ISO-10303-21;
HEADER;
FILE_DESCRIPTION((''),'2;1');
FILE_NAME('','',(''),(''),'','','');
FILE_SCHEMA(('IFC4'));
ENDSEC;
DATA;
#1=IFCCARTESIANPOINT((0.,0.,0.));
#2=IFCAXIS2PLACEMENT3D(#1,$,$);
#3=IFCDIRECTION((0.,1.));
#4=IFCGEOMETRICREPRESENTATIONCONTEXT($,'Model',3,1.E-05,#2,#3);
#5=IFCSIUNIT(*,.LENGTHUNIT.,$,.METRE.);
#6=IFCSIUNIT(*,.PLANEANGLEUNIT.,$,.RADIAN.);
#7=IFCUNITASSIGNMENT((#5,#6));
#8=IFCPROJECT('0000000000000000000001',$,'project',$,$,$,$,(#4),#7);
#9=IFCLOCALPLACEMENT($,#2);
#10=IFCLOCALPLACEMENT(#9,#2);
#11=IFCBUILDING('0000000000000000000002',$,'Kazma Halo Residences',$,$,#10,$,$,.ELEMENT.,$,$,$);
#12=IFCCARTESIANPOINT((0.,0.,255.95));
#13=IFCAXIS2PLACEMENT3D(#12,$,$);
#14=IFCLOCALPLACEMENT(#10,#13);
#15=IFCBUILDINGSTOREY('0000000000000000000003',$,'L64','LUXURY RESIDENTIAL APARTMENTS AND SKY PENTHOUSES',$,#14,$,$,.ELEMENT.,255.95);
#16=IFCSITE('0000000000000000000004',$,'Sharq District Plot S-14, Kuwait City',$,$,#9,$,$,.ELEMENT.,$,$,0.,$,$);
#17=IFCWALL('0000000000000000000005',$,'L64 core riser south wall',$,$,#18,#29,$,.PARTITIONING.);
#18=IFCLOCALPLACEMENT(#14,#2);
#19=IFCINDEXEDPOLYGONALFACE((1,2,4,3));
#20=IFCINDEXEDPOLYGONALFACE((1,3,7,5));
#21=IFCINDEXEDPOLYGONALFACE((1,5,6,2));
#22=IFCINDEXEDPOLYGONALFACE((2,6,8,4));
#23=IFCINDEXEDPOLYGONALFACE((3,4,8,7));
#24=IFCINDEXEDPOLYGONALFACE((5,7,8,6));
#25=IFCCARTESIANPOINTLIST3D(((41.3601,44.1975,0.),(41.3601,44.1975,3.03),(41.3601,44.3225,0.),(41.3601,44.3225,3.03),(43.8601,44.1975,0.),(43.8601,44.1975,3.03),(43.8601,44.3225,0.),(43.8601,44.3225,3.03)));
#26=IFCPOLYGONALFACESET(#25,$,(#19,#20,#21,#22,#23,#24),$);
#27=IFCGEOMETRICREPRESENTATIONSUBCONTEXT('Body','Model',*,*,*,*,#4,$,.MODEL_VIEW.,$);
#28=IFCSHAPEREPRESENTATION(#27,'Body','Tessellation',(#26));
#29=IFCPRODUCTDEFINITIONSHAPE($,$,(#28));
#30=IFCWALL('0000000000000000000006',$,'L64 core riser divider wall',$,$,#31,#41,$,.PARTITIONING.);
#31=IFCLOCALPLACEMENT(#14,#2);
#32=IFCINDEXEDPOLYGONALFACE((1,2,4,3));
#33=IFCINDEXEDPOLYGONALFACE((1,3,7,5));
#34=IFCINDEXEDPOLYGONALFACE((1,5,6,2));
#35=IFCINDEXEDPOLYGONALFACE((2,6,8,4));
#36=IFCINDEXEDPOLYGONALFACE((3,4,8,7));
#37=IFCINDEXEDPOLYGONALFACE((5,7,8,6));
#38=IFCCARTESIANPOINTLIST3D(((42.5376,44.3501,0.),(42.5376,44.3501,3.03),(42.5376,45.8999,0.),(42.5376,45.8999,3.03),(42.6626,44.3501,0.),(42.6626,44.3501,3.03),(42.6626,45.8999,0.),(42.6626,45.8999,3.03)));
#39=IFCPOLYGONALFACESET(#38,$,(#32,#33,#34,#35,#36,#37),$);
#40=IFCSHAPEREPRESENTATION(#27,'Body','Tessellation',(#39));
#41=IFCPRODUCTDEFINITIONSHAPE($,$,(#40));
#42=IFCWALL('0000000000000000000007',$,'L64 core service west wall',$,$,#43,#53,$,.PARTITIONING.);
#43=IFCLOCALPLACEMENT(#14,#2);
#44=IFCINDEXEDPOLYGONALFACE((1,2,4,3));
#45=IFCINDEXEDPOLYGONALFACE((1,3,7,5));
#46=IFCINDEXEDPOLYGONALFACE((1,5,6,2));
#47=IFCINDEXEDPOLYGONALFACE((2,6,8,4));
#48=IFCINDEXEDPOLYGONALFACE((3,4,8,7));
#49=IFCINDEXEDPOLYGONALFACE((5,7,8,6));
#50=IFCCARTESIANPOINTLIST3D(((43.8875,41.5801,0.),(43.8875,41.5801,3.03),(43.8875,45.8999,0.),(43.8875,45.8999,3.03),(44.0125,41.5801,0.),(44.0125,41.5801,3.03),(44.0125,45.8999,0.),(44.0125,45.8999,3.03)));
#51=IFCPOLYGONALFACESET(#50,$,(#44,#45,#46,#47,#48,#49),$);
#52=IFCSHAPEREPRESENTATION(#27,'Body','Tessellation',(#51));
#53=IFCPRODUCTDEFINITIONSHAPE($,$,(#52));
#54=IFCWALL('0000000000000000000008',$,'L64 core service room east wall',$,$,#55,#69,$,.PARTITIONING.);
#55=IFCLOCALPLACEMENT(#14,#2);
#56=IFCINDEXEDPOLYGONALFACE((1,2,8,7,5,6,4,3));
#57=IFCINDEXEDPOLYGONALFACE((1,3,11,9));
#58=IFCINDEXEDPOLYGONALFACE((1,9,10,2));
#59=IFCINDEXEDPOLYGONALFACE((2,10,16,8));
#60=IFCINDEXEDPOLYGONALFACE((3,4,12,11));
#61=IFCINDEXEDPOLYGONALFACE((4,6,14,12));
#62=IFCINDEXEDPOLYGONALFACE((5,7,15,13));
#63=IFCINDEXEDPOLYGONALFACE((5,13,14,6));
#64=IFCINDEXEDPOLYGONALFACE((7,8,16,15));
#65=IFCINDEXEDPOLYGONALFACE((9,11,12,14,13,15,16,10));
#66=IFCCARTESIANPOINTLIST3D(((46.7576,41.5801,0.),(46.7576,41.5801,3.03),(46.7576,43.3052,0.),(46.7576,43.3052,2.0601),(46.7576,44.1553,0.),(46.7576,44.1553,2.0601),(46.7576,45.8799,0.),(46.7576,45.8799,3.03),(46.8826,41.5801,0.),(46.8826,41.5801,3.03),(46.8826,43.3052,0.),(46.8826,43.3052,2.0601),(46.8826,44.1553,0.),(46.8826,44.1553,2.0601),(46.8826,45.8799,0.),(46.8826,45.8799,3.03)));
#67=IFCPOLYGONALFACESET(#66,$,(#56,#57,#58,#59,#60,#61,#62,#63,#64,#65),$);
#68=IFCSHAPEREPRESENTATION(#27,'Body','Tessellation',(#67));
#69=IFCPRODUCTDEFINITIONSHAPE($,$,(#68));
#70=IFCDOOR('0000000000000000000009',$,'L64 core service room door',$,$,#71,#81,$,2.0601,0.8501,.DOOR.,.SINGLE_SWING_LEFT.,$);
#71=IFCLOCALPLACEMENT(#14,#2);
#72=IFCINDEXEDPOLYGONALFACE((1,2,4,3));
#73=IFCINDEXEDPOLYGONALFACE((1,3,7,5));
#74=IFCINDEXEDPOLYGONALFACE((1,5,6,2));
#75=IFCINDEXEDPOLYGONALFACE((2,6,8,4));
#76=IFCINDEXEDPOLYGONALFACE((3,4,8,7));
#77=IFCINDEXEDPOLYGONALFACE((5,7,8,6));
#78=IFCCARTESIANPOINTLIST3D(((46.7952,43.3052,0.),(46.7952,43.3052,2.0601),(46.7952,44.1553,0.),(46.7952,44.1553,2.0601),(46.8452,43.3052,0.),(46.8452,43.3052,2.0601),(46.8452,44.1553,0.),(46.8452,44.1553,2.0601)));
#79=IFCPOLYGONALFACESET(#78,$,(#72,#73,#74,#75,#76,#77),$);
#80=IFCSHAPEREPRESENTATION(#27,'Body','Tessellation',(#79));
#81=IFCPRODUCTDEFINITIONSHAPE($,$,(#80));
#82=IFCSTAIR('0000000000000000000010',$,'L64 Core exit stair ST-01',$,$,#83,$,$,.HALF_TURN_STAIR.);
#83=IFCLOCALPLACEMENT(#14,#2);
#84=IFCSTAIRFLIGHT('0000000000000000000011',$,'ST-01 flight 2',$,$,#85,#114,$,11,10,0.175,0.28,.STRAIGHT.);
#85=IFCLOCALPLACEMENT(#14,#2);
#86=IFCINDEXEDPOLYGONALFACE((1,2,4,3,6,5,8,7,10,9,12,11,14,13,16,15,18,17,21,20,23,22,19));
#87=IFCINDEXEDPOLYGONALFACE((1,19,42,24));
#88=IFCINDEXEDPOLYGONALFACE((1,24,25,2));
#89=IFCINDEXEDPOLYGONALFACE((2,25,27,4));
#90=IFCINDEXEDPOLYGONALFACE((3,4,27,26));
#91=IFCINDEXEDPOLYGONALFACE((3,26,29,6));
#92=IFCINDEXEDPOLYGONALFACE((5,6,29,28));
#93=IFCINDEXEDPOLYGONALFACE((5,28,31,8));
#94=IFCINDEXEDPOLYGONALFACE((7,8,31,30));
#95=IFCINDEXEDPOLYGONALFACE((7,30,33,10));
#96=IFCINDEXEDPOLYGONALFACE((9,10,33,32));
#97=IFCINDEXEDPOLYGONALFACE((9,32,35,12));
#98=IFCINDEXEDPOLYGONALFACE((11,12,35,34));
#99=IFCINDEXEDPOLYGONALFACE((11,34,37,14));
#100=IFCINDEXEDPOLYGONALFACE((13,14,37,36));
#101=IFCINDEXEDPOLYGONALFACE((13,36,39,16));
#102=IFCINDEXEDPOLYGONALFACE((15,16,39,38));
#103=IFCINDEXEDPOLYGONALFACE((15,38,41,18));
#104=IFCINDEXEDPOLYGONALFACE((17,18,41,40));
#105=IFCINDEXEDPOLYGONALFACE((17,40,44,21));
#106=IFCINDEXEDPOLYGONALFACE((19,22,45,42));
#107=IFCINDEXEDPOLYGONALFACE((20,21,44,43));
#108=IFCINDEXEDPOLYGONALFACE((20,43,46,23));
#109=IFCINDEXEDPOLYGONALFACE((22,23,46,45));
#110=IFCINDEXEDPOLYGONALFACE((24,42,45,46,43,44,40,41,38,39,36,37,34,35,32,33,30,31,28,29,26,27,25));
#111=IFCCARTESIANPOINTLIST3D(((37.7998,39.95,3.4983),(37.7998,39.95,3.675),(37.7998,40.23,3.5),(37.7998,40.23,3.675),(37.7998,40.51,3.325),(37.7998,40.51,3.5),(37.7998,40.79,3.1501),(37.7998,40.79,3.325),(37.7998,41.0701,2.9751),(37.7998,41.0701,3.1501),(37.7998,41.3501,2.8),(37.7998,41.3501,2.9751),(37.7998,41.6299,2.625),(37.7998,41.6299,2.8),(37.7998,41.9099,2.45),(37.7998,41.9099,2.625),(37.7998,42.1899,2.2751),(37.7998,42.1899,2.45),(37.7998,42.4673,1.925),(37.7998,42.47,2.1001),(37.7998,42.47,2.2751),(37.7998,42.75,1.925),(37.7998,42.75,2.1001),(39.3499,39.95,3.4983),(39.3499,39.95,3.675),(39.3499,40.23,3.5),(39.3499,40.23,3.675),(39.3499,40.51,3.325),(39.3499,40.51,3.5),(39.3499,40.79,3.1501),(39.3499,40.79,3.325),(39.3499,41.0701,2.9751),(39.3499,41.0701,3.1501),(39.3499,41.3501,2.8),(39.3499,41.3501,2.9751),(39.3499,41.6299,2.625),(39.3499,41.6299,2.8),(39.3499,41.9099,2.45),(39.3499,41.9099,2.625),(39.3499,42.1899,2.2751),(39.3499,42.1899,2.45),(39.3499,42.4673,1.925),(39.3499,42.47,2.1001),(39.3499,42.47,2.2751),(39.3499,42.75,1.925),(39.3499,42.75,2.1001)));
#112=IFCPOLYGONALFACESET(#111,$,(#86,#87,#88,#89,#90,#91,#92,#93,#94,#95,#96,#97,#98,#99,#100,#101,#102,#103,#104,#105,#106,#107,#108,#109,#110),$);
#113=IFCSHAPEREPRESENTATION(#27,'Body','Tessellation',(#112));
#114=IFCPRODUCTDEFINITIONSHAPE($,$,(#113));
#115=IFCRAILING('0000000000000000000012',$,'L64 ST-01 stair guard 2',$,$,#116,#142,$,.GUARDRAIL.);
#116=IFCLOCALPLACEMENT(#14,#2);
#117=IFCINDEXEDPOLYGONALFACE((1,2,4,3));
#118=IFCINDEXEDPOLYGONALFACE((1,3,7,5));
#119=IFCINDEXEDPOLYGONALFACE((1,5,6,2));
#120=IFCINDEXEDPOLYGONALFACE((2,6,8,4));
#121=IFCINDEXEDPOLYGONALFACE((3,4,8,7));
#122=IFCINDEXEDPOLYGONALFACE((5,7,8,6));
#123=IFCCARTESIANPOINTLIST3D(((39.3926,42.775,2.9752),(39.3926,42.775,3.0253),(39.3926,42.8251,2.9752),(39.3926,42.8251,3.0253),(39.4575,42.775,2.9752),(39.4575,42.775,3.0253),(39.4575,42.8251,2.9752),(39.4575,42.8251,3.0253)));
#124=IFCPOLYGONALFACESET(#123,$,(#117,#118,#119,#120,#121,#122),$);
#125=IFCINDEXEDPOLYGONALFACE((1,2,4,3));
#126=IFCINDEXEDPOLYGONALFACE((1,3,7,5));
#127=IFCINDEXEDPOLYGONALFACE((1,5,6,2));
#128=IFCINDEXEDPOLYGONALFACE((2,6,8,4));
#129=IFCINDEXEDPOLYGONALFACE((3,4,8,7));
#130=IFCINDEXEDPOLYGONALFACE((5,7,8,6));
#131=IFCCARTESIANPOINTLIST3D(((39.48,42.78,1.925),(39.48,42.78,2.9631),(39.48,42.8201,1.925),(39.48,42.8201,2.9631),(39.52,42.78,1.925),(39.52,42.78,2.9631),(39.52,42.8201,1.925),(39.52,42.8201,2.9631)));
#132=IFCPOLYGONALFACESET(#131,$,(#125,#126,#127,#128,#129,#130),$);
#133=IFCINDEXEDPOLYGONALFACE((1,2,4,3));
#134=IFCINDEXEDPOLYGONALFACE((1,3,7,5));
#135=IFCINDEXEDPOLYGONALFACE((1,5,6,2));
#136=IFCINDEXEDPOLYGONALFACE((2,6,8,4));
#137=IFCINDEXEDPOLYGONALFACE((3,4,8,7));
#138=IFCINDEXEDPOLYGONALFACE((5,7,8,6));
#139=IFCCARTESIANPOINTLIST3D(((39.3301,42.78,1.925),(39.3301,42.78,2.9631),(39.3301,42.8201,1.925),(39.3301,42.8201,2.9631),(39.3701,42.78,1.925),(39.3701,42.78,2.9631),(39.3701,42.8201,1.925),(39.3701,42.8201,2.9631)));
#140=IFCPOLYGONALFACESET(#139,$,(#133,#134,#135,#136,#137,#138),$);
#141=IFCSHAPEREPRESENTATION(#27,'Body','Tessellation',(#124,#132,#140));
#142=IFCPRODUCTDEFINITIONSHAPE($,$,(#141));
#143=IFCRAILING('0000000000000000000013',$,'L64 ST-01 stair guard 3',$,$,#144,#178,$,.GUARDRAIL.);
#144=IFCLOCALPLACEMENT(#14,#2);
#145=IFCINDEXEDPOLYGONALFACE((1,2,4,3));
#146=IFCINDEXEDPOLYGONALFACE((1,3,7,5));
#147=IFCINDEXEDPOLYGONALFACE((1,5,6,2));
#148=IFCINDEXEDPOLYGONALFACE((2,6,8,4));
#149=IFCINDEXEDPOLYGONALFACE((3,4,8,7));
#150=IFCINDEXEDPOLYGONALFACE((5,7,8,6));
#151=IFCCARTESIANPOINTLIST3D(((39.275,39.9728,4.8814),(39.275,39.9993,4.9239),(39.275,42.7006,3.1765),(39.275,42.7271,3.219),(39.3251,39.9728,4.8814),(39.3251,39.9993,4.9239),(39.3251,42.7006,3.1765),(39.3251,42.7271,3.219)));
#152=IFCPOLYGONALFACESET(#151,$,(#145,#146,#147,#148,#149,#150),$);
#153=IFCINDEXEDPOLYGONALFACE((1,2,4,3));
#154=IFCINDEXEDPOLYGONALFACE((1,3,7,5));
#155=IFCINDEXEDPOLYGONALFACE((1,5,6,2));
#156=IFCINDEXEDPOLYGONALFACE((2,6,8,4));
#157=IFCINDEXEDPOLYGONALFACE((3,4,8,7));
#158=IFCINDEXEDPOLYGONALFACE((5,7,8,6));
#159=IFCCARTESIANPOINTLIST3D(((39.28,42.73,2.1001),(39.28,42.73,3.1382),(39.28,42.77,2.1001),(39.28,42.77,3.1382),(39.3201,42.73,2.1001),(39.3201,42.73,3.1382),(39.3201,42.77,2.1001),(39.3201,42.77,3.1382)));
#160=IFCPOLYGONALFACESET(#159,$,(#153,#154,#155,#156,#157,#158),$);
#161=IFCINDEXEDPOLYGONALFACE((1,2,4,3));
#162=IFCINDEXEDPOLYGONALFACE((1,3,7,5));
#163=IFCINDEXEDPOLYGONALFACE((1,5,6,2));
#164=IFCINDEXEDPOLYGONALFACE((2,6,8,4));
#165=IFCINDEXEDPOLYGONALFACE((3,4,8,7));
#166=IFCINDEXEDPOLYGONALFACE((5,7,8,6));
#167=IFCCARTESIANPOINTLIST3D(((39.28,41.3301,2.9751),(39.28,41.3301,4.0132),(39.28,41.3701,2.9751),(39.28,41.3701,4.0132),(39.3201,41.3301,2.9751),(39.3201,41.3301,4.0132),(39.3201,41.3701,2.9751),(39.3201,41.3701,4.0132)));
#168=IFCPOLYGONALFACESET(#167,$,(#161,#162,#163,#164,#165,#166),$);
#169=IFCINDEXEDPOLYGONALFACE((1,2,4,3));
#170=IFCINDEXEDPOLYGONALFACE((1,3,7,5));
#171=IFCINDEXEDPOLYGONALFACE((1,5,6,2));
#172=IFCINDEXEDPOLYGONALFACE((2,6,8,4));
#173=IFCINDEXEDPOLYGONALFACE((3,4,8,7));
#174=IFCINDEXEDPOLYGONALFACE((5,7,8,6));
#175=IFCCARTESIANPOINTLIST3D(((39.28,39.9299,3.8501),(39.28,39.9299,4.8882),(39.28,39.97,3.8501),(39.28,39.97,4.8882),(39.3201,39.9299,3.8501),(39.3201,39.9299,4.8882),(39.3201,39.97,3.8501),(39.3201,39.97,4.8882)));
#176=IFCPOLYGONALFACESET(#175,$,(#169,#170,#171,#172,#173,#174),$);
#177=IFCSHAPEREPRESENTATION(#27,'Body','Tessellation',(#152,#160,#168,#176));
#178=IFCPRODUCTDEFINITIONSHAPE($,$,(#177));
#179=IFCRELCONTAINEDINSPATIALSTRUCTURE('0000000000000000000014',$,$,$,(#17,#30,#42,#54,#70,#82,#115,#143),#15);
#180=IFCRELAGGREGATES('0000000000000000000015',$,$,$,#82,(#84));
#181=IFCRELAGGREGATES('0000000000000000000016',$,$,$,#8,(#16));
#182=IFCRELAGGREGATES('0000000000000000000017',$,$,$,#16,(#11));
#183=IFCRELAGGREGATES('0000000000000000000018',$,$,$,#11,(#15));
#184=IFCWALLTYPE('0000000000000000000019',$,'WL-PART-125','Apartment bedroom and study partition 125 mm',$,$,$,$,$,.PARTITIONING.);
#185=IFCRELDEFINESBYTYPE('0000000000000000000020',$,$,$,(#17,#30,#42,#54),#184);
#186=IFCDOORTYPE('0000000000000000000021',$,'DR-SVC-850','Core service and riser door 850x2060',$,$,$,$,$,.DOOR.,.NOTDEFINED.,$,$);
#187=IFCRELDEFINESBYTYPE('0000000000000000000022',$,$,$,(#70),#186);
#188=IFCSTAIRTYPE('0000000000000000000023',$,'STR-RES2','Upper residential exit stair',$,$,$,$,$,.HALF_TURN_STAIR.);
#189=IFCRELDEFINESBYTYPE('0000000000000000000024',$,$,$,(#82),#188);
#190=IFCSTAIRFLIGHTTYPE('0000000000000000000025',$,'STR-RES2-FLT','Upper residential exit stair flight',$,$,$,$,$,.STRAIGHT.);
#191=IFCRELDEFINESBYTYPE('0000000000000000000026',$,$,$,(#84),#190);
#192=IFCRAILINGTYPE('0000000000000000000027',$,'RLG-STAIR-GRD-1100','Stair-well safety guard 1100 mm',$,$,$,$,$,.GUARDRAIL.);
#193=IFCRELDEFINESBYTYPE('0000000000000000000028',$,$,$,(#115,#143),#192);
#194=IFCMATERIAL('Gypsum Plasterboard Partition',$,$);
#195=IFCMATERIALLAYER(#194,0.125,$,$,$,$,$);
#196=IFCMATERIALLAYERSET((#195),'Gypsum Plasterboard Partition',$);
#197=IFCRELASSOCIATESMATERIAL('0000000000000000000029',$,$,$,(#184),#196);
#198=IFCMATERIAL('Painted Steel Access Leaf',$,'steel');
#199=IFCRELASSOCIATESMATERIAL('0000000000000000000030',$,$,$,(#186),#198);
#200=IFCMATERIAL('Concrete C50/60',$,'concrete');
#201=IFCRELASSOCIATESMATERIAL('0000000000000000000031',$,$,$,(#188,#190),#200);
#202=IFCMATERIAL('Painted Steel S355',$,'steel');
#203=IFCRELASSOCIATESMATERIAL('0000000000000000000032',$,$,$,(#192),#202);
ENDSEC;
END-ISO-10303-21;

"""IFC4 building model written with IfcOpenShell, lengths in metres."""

from ifc_helpers import new_model, si_unit, direction, frame, frame_2d, origin, origin_2d, place, context, subcontext, project, spatial, polyline, rectangle, outline, extrude, material, layer, layer_set, type_object, element, fill, aggregate, save


model = new_model("IFC4")

# Units and contexts
model_context = context("Model", 3, precision=1e-05, world=origin(), true_north=direction((0.0, 1.0)))
body_context = subcontext(model_context, "Body", "Model", "MODEL_VIEW")
ifc_project = project(units=[si_unit("LENGTHUNIT", "METRE"), si_unit("PLANEANGLEUNIT", "RADIAN")], contexts=[model_context])

# Site, building, storey
site_placement = place(None, origin())
site = spatial("IfcSite", under=ifc_project, at=site_placement, Name="Sharq District Plot S-14, Kuwait City", CompositionType="ELEMENT", RefElevation=0.0)
building_placement = place(site_placement, origin())
building = spatial("IfcBuilding", under=site, at=building_placement, Name="Kazma Halo Residences", CompositionType="ELEMENT")
storey_placement = place(building_placement, frame((0.0, 0.0, 255.95)))
storey = spatial("IfcBuildingStorey", under=building, at=storey_placement, Name="L64", Description="LUXURY RESIDENTIAL APARTMENTS AND SKY PENTHOUSES", CompositionType="ELEMENT", Elevation=255.95)

# Shared definitions
ifc_material_1 = material(Name="Gypsum Plasterboard Partition")
ifc_layer_1 = layer(ifc_material_1, 0.125)
ifc_layer_set_1 = layer_set([ifc_layer_1], Name="Gypsum Plasterboard Partition")
wall_type_1 = type_object("IfcWallType", Name="WL-PART-125", Description="Apartment bedroom and study partition 125 mm", PredefinedType="PARTITIONING", material=ifc_layer_set_1)

# Shared definitions
ifc_material_2 = material(Name="Painted Steel Access Leaf", Category="steel")
door_type_1 = type_object("IfcDoorType", Name="DR-SVC-850", Description="Core service and riser door 850x2060", OperationType="NOTDEFINED", PredefinedType="DOOR", material=ifc_material_2)

# Walls
wall_1_placement = place(storey_placement, frame((41.3601, 44.26, 0.0), z_axis=(0.0, 0.0, 1.0), x_axis=(1.0, 0.0, 0.0)))
element("IfcWall", 1, at=wall_1_placement, inside=storey, type_object=wall_type_1, Name="L64 core riser south wall", PredefinedType="PARTITIONING", context=body_context, shape_type="SweptSolid", body=[
    extrude(rectangle(XDim=2.5, YDim=0.125, at=frame_2d((1.25, 0.0))), origin(), (0.0, 0.0, 1.0), 3.03),
])
wall_2_placement = place(storey_placement, frame((42.6001, 44.3501, 0.0), z_axis=(0.0, 0.0, 1.0), x_axis=(0.0, 1.0, 0.0)))
element("IfcWall", 2, at=wall_2_placement, inside=storey, type_object=wall_type_1, Name="L64 core riser divider wall", PredefinedType="PARTITIONING", context=body_context, shape_type="SweptSolid", body=[
    extrude(rectangle(XDim=1.5498, YDim=0.125, at=frame_2d((0.7749, 0.0))), origin(), (0.0, 0.0, 1.0), 3.03),
])
wall_3_placement = place(storey_placement, frame((43.95, 41.5801, 0.0), z_axis=(0.0, 0.0, 1.0), x_axis=(0.0, 1.0, 0.0)))
element("IfcWall", 3, at=wall_3_placement, inside=storey, type_object=wall_type_1, Name="L64 core service west wall", PredefinedType="PARTITIONING", context=body_context, shape_type="SweptSolid", body=[
    extrude(rectangle(XDim=4.3198, YDim=0.125, at=frame_2d((2.1599, 0.0))), origin(), (0.0, 0.0, 1.0), 3.03),
])

# Wall, opening, door
wall_4_placement = place(storey_placement, frame((46.8201, 41.5801, 0.0), z_axis=(0.0, 0.0, 1.0), x_axis=(0.0, 1.0, 0.0)))
wall_4 = element("IfcWall", 4, at=wall_4_placement, inside=storey, type_object=wall_type_1, Name="L64 core service room east wall", PredefinedType="PARTITIONING", context=body_context, shape_type="SweptSolid", body=[
    extrude(rectangle(XDim=4.2998, YDim=0.125, at=frame_2d((2.1499, 0.0))), origin(), (0.0, 0.0, 1.0), 3.03),
])
opening_1_placement = place(wall_4_placement, frame((1.7251, 0.0, 0.0)))
opening_1 = element("IfcOpeningElement", 5, at=opening_1_placement, cuts=wall_4, PredefinedType="OPENING", context=body_context, shape_type="SweptSolid", body=[
    extrude(rectangle(XDim=0.8501, YDim=2.0601, at=frame_2d((0.425, 1.03))), frame((0.0, 0.0725, 0.0), z_axis=(0.0, -1.0, 0.0), x_axis=(1.0, 0.0, 0.0)), (0.0, 0.0, 1.0), 0.145),
])
door_1_placement = place(opening_1_placement, origin())
door_1 = element("IfcDoor", 6, at=door_1_placement, inside=storey, type_object=door_type_1, Name="L64 core service room door", OperationType="SINGLE_SWING_LEFT", OverallHeight=2.0601, OverallWidth=0.8501, PredefinedType="DOOR", context=body_context, shape_type="SweptSolid", body=[
    extrude(rectangle(XDim=0.8501, YDim=2.0601, at=frame_2d((0.425, 1.03))), frame((0.0, 0.0249, 0.0), z_axis=(0.0, -1.0, 0.0), x_axis=(1.0, 0.0, 0.0)), (0.0, 0.0, 1.0), 0.05),
])
fill(opening_1, door_1)

# Stair, stair flight
ifc_material_3 = material(Name="Concrete C50/60", Category="concrete")
stair_type = type_object("IfcStairType", Name="STR-RES2", Description="Upper residential exit stair", PredefinedType="HALF_TURN_STAIR", material=ifc_material_3)
stair_placement = place(storey_placement, origin())
stair = element("IfcStair", 7, at=stair_placement, inside=storey, type_object=stair_type, Name="L64 Core exit stair ST-01", PredefinedType="HALF_TURN_STAIR")
stair_flight_type = type_object("IfcStairFlightType", Name="STR-RES2-FLT", Description="Upper residential exit stair flight", PredefinedType="STRAIGHT", material=ifc_material_3)
stair_flight_placement = place(storey_placement, frame((38.575, 42.75, 1.925), z_axis=(0.0, 0.0, 1.0), x_axis=(0.0, -1.0, 0.0)))
stair_flight = element("IfcStairFlight", 8, at=stair_flight_placement, type_object=stair_flight_type, Name="ST-01 flight 2", NumberOfRisers=11, NumberOfTreads=10, PredefinedType="STRAIGHT", RiserHeight=0.175, TreadLength=0.28, context=body_context, shape_type="SweptSolid", body=[
    extrude(outline(polyline([(0.0, 0.0), (0.0, 0.175), (0.28, 0.175), (0.28, 0.3501), (0.5601, 0.3501), (0.5601, 0.5249), (0.8401, 0.5249), (0.8401, 0.7), (1.1201, 0.7), (1.1201, 0.875), (1.3999, 0.875), (1.3999, 1.05), (1.6799, 1.05), (1.6799, 1.2251), (1.96, 1.2251), (1.96, 1.3999), (2.24, 1.3999), (2.24, 1.575), (2.52, 1.575), (2.52, 1.75), (2.8, 1.75), (2.8, 1.925), (2.8, 1.5732), (0.2827, 0.0), (0.0, 0.0)])), frame((0.0, 0.7749, 0.0), z_axis=(0.0, -1.0, 0.0), x_axis=(1.0, 0.0, 0.0)), (0.0, 0.0, 1.0), 1.55),
])
aggregate(stair, [stair_flight])

# Railings
ifc_material_4 = material(Name="Painted Steel S355", Category="steel")
railing_type_1 = type_object("IfcRailingType", Name="RLG-STAIR-GRD-1100", Description="Stair-well safety guard 1100 mm", PredefinedType="GUARDRAIL", material=ifc_material_4)
railing_1_placement = place(storey_placement, frame((39.5, 42.8, 1.925)))
element("IfcRailing", 9, at=railing_1_placement, inside=storey, type_object=railing_type_1, Name="L64 ST-01 stair guard 2", PredefinedType="GUARDRAIL", context=body_context, shape_type="SweptSolid", body=[
    extrude(rectangle(XDim=0.05, YDim=0.05, at=origin_2d()), frame((-0.0425, 0.0, 1.0752), z_axis=(-1.0, 0.0, 0.0), x_axis=(0.0, -1.0, 0.0)), (0.0, 0.0, 1.0), 0.0649),
    extrude(rectangle(XDim=0.04, YDim=0.04, at=origin_2d()), origin(), (0.0, 0.0, 1.0), 1.0381),
    extrude(rectangle(XDim=0.04, YDim=0.04, at=origin_2d()), frame((-0.1499, 0.0, 0.0)), (0.0, 0.0, 1.0), 1.0381),
])
railing_2_placement = place(storey_placement, frame((39.3, 42.75, 2.1001)))
element("IfcRailing", 10, at=railing_2_placement, inside=storey, type_object=railing_type_1, Name="L64 ST-01 stair guard 3", PredefinedType="GUARDRAIL", context=body_context, shape_type="SweptSolid", body=[
    extrude(rectangle(XDim=0.05, YDim=0.05, at=origin_2d()), frame((0.0, -0.0361, 1.0977), z_axis=(0.0, -0.848002, 0.529992), x_axis=(1.0, 0.0, 0.0)), (0.0, 0.0, 1.0), 3.2168),
    extrude(rectangle(XDim=0.04, YDim=0.04, at=origin_2d()), origin(), (0.0, 0.0, 1.0), 1.0381),
    extrude(rectangle(XDim=0.04, YDim=0.04, at=origin_2d()), frame((0.0, -1.3999, 0.875)), (0.0, 0.0, 1.0), 1.0381),
    extrude(rectangle(XDim=0.04, YDim=0.04, at=origin_2d()), frame((0.0, -2.8, 1.75)), (0.0, 0.0, 1.0), 1.0381),
])

save(model, "model.ifc")
